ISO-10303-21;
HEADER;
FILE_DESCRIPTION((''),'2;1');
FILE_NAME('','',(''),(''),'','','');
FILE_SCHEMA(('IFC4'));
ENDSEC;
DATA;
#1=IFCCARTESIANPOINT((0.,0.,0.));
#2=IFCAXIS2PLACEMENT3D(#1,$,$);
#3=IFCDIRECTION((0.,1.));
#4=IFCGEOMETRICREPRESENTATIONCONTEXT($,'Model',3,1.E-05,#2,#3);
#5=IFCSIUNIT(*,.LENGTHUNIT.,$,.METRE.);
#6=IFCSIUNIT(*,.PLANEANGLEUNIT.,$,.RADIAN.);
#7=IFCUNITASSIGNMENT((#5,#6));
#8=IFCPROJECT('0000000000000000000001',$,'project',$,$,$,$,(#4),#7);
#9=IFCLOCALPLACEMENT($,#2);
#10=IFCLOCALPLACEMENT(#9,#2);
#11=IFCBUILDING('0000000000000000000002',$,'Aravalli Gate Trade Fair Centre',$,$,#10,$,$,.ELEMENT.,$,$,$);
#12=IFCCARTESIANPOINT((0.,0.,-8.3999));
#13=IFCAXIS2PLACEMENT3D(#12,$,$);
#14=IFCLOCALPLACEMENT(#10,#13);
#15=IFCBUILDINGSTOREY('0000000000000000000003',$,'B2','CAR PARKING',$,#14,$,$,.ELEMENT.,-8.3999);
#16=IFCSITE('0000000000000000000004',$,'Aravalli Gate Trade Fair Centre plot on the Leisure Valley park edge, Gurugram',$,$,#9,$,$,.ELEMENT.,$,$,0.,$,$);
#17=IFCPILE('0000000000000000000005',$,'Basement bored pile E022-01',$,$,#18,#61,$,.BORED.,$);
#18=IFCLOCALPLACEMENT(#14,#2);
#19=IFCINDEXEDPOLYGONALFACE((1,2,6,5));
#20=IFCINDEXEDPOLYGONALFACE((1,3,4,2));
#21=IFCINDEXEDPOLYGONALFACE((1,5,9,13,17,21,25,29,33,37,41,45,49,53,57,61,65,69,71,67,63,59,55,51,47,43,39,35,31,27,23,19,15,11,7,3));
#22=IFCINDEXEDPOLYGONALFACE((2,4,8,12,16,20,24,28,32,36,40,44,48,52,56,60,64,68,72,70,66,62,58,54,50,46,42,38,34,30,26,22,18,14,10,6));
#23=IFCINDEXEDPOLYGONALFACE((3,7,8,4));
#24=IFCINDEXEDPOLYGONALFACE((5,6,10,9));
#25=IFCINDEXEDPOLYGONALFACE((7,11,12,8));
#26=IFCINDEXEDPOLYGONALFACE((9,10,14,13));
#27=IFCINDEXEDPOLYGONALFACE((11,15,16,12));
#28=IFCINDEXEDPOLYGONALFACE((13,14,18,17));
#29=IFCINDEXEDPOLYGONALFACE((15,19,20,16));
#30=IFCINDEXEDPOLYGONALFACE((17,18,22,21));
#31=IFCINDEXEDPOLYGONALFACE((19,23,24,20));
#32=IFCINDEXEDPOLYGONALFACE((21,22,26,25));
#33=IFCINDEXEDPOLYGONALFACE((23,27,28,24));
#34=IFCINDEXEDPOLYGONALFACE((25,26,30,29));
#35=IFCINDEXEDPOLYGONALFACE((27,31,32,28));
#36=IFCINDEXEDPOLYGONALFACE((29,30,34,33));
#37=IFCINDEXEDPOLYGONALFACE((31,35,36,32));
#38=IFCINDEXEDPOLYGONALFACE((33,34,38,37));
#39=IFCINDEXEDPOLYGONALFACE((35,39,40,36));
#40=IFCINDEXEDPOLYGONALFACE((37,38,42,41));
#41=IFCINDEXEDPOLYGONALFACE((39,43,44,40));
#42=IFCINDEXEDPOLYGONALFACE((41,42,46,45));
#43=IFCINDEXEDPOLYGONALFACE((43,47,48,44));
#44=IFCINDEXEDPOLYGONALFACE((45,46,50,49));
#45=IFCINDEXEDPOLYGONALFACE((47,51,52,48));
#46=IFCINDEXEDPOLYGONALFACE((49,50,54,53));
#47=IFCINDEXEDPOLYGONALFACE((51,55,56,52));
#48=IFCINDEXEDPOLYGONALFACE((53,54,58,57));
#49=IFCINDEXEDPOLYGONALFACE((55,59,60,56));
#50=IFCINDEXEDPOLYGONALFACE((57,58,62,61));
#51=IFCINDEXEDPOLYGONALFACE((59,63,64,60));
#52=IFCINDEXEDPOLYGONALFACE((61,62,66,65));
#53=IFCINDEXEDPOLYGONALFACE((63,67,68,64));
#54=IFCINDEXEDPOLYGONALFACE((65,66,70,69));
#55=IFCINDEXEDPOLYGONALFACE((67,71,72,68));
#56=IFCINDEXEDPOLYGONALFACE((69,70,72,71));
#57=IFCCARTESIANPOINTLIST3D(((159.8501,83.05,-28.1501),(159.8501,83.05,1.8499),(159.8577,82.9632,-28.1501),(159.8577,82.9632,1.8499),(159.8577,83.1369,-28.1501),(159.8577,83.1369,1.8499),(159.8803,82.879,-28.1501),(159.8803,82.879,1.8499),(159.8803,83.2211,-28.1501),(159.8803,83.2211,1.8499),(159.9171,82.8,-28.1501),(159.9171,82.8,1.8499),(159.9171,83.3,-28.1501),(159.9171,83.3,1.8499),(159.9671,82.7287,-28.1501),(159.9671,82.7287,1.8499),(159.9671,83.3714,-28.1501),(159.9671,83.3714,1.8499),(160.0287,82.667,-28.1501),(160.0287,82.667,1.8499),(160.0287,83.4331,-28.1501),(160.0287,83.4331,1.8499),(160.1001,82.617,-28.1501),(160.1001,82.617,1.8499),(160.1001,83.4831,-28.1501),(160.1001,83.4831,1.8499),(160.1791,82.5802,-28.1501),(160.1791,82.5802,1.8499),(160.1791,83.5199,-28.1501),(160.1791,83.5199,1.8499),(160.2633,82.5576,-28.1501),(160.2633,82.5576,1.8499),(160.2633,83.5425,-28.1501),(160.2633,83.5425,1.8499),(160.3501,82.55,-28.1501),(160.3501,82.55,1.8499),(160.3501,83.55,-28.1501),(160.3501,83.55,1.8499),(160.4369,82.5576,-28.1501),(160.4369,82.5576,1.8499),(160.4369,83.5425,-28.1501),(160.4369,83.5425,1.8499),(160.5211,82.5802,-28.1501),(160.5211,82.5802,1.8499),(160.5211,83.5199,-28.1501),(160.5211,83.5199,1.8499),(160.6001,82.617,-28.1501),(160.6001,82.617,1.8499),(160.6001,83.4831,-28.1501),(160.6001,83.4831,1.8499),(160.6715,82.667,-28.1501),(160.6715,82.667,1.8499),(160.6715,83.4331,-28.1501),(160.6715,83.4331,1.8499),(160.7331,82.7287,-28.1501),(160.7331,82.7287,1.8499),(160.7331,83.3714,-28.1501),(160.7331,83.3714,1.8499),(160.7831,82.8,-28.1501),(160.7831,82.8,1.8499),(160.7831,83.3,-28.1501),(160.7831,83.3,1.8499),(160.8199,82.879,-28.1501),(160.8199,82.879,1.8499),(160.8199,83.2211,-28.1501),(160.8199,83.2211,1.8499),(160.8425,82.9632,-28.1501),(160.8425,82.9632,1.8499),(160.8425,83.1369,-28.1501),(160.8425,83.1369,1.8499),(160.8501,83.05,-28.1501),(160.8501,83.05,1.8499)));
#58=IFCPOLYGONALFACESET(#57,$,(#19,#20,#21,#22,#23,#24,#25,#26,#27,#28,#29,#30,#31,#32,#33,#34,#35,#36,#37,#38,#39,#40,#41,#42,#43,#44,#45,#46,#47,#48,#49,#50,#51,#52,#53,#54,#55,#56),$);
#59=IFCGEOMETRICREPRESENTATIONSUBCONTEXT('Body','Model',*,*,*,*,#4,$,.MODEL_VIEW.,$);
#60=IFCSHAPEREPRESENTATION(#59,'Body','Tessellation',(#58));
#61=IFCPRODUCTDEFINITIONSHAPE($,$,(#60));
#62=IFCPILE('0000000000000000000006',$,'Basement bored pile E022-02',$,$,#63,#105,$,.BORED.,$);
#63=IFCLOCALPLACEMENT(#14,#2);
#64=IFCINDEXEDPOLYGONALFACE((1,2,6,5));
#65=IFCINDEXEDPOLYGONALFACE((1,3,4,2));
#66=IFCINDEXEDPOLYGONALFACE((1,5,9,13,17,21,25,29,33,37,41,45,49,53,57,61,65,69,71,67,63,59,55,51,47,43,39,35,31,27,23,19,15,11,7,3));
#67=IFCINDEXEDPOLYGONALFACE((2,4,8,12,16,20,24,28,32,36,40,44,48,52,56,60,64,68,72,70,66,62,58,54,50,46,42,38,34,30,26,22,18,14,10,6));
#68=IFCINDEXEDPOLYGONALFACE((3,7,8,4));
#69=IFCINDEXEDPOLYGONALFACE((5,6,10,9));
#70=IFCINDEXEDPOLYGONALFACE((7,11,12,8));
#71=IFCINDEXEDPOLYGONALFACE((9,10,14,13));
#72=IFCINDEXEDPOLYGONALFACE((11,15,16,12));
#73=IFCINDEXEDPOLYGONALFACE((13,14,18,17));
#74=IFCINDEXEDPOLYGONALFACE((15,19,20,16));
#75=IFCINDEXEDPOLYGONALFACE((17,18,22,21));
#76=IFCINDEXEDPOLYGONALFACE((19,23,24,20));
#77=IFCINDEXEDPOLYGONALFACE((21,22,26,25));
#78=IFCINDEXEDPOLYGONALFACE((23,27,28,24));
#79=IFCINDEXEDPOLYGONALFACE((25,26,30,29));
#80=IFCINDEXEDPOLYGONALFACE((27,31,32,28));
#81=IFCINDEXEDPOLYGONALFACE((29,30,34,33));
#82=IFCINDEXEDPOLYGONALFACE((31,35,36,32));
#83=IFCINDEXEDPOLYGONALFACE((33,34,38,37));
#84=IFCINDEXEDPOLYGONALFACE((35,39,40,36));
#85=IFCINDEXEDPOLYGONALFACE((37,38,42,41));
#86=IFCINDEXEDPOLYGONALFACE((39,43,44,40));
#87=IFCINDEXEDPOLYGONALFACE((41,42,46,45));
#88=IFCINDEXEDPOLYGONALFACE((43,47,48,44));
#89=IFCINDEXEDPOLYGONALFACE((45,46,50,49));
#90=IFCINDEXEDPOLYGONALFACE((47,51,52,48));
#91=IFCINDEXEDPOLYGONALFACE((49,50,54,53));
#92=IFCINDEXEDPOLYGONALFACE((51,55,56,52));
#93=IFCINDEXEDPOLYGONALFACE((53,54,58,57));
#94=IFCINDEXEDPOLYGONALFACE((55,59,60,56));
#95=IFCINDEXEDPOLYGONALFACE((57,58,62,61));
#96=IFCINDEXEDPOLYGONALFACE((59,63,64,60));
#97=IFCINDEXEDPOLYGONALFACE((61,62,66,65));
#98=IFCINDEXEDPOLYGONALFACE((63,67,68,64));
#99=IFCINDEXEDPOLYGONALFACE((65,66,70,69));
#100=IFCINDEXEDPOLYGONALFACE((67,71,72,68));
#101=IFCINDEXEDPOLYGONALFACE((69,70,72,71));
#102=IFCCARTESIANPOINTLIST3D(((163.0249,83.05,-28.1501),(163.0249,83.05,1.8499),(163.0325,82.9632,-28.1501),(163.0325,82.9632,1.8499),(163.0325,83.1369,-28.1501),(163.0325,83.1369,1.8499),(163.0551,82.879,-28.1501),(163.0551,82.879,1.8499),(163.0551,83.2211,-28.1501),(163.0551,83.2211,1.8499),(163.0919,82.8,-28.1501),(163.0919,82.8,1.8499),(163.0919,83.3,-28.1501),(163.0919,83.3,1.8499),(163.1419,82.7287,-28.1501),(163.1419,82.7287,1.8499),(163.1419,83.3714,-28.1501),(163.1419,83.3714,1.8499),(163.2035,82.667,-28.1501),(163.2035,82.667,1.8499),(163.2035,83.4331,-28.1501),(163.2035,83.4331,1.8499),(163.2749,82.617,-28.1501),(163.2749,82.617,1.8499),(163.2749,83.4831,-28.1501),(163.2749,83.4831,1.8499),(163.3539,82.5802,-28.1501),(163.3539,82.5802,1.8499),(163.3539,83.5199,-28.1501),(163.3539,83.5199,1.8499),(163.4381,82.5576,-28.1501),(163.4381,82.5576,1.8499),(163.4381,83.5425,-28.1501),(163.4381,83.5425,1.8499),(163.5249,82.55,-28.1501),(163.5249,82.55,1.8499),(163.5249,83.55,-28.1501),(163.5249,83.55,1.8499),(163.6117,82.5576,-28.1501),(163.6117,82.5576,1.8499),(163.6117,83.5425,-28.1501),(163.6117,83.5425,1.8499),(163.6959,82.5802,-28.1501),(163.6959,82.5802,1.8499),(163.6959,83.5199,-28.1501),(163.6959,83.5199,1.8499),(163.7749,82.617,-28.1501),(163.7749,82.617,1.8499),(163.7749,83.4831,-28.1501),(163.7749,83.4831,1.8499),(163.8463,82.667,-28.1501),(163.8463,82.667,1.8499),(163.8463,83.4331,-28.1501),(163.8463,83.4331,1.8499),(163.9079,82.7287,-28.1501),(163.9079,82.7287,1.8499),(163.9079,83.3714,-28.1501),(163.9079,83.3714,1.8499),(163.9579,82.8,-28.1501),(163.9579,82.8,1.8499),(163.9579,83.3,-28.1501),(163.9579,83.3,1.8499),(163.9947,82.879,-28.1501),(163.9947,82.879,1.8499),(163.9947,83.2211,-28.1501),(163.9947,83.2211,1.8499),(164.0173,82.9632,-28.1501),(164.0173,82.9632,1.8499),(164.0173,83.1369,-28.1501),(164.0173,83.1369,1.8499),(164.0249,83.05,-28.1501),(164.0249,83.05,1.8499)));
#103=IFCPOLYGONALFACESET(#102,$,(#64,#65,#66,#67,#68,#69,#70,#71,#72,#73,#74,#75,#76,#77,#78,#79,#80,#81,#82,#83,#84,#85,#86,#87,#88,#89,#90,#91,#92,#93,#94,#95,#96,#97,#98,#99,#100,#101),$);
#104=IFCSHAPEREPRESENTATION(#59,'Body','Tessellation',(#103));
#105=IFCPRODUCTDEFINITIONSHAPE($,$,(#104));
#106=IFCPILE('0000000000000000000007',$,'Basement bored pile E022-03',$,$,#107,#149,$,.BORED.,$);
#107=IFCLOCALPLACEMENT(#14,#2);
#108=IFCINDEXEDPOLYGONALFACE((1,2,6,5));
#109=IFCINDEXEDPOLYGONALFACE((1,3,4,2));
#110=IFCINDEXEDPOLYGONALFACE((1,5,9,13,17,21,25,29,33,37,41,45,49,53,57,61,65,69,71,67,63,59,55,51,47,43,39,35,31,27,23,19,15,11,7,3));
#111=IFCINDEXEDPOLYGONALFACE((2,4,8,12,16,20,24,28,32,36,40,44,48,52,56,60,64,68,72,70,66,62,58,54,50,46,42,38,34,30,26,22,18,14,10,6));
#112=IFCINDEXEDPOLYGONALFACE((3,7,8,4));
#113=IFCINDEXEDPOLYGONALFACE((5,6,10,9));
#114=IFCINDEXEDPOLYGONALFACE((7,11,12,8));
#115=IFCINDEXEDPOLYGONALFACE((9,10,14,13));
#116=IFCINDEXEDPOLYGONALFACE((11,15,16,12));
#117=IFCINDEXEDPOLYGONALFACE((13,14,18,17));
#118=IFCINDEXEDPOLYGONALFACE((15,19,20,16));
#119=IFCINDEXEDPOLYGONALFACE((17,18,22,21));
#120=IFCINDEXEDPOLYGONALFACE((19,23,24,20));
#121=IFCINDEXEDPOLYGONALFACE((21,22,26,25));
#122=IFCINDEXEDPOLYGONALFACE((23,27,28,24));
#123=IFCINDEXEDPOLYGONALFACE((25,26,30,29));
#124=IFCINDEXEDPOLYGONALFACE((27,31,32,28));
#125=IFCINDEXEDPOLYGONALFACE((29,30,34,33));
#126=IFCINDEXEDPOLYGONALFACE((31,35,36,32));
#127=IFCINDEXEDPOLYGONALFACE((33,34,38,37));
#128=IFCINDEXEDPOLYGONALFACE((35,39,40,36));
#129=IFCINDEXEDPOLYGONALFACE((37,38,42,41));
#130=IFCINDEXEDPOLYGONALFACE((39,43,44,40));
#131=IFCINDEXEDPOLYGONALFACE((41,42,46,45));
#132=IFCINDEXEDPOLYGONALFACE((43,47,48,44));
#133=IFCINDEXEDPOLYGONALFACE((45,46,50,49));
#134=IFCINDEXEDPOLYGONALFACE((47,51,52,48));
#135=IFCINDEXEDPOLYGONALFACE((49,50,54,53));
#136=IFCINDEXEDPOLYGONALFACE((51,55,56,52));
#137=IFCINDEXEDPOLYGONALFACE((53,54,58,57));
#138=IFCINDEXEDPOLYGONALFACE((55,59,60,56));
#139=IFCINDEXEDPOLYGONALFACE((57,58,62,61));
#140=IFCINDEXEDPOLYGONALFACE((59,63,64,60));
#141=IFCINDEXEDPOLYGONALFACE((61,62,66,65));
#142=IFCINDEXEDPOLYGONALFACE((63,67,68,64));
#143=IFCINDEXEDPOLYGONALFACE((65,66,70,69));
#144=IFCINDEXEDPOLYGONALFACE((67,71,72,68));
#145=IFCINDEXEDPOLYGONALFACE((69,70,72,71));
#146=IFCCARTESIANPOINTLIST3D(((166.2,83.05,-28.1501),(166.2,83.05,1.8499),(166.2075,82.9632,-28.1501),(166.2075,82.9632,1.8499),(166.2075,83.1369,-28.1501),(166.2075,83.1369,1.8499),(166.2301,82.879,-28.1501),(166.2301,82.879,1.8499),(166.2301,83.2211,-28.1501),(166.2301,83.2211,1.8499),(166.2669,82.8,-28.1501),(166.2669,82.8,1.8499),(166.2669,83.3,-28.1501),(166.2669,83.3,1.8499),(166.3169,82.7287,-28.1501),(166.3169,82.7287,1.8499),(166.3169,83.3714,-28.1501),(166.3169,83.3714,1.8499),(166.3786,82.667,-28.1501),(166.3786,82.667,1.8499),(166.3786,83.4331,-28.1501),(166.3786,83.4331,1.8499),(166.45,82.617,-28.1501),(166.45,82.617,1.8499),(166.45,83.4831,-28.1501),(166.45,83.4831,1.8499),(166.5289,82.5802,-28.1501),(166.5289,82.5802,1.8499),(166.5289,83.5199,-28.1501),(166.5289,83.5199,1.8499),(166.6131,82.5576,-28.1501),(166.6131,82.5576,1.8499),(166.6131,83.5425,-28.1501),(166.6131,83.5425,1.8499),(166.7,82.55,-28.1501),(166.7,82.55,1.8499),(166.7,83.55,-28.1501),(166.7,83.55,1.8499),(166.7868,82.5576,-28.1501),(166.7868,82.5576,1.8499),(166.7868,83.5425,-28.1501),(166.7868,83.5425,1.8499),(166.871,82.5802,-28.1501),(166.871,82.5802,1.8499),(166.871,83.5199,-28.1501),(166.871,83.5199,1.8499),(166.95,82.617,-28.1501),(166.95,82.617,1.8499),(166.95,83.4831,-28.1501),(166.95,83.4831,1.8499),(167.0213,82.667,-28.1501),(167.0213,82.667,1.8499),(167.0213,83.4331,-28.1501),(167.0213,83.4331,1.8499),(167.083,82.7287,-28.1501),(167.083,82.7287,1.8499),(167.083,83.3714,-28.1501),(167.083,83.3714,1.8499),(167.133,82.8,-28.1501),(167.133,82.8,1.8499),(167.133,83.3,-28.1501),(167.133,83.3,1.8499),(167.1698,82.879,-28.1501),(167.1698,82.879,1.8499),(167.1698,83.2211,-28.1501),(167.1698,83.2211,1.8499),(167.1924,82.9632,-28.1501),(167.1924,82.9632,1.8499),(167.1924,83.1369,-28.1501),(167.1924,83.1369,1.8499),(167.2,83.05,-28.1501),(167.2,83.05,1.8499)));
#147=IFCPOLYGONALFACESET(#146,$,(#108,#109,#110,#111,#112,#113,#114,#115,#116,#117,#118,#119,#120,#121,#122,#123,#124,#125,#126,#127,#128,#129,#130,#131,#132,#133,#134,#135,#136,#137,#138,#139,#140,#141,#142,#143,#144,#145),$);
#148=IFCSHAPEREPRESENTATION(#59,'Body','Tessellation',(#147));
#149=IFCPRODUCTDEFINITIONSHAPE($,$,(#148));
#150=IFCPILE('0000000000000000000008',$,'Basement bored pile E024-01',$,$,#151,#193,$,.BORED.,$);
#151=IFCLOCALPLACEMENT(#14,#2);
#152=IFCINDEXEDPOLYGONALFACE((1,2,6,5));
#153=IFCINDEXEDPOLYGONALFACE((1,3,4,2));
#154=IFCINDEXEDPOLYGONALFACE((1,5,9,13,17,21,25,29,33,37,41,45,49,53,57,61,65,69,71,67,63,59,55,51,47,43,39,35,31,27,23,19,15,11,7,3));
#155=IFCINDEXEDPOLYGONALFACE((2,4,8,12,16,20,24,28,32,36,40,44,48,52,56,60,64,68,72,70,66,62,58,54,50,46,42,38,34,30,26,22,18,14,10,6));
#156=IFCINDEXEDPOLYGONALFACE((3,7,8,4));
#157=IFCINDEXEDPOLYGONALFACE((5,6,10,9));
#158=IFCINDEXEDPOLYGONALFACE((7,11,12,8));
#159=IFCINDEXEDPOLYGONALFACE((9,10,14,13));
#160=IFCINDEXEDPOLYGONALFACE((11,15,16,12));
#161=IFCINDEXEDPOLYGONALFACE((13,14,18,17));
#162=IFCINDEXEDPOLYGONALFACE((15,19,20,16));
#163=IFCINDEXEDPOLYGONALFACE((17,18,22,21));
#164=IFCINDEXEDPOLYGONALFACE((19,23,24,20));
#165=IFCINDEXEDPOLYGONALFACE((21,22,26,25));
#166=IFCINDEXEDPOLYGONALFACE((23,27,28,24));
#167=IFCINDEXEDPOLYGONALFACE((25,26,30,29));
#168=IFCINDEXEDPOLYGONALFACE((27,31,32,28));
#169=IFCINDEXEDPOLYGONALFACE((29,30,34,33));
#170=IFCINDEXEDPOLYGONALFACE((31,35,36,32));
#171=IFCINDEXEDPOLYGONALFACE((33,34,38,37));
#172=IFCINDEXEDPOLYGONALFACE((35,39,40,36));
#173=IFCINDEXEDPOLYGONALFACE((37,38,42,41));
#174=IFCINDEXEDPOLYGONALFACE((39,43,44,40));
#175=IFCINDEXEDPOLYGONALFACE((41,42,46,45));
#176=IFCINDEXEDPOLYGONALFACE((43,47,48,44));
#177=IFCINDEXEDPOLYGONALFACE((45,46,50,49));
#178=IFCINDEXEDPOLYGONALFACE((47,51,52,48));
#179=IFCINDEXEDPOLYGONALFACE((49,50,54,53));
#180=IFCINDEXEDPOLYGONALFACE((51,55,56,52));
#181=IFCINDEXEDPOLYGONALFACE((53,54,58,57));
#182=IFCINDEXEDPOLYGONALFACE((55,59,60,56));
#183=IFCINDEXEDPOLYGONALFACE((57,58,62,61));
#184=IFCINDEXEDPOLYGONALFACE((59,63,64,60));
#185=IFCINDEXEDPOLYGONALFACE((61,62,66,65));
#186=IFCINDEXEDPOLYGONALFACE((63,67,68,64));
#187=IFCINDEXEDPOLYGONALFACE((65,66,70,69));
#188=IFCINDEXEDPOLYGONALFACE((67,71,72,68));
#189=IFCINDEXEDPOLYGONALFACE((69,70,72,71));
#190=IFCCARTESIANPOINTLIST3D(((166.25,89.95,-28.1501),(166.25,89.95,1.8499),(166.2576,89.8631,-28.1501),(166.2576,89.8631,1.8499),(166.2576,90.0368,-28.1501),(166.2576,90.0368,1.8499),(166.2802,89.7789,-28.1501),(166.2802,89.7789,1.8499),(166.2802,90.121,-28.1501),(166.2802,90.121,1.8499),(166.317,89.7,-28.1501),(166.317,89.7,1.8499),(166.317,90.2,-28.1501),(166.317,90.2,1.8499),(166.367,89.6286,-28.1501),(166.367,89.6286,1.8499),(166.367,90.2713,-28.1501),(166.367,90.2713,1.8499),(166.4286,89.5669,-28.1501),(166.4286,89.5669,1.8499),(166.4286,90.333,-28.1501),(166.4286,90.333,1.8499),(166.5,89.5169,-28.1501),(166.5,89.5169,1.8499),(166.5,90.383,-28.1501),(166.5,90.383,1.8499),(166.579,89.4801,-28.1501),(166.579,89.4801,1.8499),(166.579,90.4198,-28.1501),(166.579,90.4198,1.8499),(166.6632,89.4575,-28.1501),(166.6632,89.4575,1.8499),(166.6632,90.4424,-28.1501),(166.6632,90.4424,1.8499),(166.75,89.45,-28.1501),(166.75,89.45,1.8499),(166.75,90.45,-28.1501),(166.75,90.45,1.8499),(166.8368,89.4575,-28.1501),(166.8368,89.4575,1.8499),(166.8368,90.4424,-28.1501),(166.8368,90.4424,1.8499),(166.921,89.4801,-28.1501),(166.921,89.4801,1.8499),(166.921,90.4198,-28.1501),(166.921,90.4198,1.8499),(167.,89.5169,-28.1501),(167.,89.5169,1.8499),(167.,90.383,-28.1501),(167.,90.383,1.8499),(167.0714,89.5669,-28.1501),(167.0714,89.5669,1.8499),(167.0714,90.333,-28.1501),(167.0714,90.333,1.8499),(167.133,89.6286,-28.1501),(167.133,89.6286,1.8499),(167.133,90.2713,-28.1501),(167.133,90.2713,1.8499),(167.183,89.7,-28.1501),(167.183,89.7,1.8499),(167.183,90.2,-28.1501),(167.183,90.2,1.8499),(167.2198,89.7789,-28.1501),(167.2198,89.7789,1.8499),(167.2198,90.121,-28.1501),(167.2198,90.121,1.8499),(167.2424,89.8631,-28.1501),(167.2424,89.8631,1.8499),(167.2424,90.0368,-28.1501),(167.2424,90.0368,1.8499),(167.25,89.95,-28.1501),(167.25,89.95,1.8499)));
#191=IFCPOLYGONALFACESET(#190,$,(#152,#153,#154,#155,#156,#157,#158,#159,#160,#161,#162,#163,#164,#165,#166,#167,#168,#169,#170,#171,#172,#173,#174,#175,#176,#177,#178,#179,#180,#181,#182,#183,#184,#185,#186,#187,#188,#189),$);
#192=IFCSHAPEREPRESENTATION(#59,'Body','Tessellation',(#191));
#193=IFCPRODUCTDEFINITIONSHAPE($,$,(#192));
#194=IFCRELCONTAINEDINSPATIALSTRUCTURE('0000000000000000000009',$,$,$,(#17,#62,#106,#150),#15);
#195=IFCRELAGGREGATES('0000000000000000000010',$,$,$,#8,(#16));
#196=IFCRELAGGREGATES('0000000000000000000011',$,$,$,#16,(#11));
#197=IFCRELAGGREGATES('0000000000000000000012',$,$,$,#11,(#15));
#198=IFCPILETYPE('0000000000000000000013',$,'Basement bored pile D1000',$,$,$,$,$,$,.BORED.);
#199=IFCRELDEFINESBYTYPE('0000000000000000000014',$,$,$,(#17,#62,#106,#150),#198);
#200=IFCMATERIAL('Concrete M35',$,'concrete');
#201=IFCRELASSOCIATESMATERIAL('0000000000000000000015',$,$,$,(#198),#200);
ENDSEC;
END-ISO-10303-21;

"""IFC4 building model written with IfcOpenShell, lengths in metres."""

from ifc_helpers import new_model, si_unit, direction, frame, origin, origin_2d, place, context, subcontext, project, spatial, circle, extrude, material, material_profile, profile_set, type_object, element, save


model = new_model("IFC4")

# Units and contexts
model_context = context("Model", 3, precision=1e-05, world=origin(), true_north=direction((0.0, 1.0)))
body_context = subcontext(model_context, "Body", "Model", "MODEL_VIEW")
ifc_project = project(units=[si_unit("LENGTHUNIT", "METRE"), si_unit("PLANEANGLEUNIT", "RADIAN")], contexts=[model_context])

# Site, building, storey
site_placement = place(None, origin())
site = spatial("IfcSite", under=ifc_project, at=site_placement, Name="Aravalli Gate Trade Fair Centre plot on the Leisure Valley park edge, Gurugram", CompositionType="ELEMENT", RefElevation=0.0)
building_placement = place(site_placement, origin())
building = spatial("IfcBuilding", under=site, at=building_placement, Name="Aravalli Gate Trade Fair Centre", CompositionType="ELEMENT")
storey_placement = place(building_placement, frame((0.0, 0.0, -8.3999)))
storey = spatial("IfcBuildingStorey", under=building, at=storey_placement, Name="B2", Description="CAR PARKING", CompositionType="ELEMENT", Elevation=-8.3999)

# Piles
ifc_material_1 = material(Name="Concrete M35", Category="concrete")
ifc_material_profile_1 = material_profile(ifc_material_1, circle(Radius=0.5, at=origin_2d()), Name="D1000")
ifc_profile_set_1 = profile_set([ifc_material_profile_1], Name="Concrete M35")
pile_type = type_object("IfcPileType", Name="Basement bored pile D1000", PredefinedType="BORED", material=ifc_profile_set_1)
for number, where, z_axis, x_axis, name in (
    (1, (160.3501, 83.05, 1.8499), (0.0, 0.0, -1.0), (1.0, 0.0, 0.0), "Basement bored pile E022-01"),
    (2, (163.5249, 83.05, 1.8499), (0.0, 0.0, -1.0), (1.0, 0.0, 0.0), "Basement bored pile E022-02"),
    (3, (166.7, 83.05, 1.8499), (0.0, 0.0, -1.0), (1.0, 0.0, 0.0), "Basement bored pile E022-03"),
    (4, (166.75, 89.95, 1.8499), (0.0, 0.0, -1.0), (1.0, 0.0, 0.0), "Basement bored pile E024-01"),
):
    element("IfcPile", number, at=place(storey_placement, frame(where, z_axis=z_axis, x_axis=x_axis)), inside=storey, type_object=pile_type, Name=name, PredefinedType="BORED", context=body_context, shape_type="SweptSolid", body=[
        extrude(circle(Radius=0.5, at=origin_2d()), origin(), (0.0, 0.0, 1.0), 30.0),
    ])

save(model, "model.ifc")
